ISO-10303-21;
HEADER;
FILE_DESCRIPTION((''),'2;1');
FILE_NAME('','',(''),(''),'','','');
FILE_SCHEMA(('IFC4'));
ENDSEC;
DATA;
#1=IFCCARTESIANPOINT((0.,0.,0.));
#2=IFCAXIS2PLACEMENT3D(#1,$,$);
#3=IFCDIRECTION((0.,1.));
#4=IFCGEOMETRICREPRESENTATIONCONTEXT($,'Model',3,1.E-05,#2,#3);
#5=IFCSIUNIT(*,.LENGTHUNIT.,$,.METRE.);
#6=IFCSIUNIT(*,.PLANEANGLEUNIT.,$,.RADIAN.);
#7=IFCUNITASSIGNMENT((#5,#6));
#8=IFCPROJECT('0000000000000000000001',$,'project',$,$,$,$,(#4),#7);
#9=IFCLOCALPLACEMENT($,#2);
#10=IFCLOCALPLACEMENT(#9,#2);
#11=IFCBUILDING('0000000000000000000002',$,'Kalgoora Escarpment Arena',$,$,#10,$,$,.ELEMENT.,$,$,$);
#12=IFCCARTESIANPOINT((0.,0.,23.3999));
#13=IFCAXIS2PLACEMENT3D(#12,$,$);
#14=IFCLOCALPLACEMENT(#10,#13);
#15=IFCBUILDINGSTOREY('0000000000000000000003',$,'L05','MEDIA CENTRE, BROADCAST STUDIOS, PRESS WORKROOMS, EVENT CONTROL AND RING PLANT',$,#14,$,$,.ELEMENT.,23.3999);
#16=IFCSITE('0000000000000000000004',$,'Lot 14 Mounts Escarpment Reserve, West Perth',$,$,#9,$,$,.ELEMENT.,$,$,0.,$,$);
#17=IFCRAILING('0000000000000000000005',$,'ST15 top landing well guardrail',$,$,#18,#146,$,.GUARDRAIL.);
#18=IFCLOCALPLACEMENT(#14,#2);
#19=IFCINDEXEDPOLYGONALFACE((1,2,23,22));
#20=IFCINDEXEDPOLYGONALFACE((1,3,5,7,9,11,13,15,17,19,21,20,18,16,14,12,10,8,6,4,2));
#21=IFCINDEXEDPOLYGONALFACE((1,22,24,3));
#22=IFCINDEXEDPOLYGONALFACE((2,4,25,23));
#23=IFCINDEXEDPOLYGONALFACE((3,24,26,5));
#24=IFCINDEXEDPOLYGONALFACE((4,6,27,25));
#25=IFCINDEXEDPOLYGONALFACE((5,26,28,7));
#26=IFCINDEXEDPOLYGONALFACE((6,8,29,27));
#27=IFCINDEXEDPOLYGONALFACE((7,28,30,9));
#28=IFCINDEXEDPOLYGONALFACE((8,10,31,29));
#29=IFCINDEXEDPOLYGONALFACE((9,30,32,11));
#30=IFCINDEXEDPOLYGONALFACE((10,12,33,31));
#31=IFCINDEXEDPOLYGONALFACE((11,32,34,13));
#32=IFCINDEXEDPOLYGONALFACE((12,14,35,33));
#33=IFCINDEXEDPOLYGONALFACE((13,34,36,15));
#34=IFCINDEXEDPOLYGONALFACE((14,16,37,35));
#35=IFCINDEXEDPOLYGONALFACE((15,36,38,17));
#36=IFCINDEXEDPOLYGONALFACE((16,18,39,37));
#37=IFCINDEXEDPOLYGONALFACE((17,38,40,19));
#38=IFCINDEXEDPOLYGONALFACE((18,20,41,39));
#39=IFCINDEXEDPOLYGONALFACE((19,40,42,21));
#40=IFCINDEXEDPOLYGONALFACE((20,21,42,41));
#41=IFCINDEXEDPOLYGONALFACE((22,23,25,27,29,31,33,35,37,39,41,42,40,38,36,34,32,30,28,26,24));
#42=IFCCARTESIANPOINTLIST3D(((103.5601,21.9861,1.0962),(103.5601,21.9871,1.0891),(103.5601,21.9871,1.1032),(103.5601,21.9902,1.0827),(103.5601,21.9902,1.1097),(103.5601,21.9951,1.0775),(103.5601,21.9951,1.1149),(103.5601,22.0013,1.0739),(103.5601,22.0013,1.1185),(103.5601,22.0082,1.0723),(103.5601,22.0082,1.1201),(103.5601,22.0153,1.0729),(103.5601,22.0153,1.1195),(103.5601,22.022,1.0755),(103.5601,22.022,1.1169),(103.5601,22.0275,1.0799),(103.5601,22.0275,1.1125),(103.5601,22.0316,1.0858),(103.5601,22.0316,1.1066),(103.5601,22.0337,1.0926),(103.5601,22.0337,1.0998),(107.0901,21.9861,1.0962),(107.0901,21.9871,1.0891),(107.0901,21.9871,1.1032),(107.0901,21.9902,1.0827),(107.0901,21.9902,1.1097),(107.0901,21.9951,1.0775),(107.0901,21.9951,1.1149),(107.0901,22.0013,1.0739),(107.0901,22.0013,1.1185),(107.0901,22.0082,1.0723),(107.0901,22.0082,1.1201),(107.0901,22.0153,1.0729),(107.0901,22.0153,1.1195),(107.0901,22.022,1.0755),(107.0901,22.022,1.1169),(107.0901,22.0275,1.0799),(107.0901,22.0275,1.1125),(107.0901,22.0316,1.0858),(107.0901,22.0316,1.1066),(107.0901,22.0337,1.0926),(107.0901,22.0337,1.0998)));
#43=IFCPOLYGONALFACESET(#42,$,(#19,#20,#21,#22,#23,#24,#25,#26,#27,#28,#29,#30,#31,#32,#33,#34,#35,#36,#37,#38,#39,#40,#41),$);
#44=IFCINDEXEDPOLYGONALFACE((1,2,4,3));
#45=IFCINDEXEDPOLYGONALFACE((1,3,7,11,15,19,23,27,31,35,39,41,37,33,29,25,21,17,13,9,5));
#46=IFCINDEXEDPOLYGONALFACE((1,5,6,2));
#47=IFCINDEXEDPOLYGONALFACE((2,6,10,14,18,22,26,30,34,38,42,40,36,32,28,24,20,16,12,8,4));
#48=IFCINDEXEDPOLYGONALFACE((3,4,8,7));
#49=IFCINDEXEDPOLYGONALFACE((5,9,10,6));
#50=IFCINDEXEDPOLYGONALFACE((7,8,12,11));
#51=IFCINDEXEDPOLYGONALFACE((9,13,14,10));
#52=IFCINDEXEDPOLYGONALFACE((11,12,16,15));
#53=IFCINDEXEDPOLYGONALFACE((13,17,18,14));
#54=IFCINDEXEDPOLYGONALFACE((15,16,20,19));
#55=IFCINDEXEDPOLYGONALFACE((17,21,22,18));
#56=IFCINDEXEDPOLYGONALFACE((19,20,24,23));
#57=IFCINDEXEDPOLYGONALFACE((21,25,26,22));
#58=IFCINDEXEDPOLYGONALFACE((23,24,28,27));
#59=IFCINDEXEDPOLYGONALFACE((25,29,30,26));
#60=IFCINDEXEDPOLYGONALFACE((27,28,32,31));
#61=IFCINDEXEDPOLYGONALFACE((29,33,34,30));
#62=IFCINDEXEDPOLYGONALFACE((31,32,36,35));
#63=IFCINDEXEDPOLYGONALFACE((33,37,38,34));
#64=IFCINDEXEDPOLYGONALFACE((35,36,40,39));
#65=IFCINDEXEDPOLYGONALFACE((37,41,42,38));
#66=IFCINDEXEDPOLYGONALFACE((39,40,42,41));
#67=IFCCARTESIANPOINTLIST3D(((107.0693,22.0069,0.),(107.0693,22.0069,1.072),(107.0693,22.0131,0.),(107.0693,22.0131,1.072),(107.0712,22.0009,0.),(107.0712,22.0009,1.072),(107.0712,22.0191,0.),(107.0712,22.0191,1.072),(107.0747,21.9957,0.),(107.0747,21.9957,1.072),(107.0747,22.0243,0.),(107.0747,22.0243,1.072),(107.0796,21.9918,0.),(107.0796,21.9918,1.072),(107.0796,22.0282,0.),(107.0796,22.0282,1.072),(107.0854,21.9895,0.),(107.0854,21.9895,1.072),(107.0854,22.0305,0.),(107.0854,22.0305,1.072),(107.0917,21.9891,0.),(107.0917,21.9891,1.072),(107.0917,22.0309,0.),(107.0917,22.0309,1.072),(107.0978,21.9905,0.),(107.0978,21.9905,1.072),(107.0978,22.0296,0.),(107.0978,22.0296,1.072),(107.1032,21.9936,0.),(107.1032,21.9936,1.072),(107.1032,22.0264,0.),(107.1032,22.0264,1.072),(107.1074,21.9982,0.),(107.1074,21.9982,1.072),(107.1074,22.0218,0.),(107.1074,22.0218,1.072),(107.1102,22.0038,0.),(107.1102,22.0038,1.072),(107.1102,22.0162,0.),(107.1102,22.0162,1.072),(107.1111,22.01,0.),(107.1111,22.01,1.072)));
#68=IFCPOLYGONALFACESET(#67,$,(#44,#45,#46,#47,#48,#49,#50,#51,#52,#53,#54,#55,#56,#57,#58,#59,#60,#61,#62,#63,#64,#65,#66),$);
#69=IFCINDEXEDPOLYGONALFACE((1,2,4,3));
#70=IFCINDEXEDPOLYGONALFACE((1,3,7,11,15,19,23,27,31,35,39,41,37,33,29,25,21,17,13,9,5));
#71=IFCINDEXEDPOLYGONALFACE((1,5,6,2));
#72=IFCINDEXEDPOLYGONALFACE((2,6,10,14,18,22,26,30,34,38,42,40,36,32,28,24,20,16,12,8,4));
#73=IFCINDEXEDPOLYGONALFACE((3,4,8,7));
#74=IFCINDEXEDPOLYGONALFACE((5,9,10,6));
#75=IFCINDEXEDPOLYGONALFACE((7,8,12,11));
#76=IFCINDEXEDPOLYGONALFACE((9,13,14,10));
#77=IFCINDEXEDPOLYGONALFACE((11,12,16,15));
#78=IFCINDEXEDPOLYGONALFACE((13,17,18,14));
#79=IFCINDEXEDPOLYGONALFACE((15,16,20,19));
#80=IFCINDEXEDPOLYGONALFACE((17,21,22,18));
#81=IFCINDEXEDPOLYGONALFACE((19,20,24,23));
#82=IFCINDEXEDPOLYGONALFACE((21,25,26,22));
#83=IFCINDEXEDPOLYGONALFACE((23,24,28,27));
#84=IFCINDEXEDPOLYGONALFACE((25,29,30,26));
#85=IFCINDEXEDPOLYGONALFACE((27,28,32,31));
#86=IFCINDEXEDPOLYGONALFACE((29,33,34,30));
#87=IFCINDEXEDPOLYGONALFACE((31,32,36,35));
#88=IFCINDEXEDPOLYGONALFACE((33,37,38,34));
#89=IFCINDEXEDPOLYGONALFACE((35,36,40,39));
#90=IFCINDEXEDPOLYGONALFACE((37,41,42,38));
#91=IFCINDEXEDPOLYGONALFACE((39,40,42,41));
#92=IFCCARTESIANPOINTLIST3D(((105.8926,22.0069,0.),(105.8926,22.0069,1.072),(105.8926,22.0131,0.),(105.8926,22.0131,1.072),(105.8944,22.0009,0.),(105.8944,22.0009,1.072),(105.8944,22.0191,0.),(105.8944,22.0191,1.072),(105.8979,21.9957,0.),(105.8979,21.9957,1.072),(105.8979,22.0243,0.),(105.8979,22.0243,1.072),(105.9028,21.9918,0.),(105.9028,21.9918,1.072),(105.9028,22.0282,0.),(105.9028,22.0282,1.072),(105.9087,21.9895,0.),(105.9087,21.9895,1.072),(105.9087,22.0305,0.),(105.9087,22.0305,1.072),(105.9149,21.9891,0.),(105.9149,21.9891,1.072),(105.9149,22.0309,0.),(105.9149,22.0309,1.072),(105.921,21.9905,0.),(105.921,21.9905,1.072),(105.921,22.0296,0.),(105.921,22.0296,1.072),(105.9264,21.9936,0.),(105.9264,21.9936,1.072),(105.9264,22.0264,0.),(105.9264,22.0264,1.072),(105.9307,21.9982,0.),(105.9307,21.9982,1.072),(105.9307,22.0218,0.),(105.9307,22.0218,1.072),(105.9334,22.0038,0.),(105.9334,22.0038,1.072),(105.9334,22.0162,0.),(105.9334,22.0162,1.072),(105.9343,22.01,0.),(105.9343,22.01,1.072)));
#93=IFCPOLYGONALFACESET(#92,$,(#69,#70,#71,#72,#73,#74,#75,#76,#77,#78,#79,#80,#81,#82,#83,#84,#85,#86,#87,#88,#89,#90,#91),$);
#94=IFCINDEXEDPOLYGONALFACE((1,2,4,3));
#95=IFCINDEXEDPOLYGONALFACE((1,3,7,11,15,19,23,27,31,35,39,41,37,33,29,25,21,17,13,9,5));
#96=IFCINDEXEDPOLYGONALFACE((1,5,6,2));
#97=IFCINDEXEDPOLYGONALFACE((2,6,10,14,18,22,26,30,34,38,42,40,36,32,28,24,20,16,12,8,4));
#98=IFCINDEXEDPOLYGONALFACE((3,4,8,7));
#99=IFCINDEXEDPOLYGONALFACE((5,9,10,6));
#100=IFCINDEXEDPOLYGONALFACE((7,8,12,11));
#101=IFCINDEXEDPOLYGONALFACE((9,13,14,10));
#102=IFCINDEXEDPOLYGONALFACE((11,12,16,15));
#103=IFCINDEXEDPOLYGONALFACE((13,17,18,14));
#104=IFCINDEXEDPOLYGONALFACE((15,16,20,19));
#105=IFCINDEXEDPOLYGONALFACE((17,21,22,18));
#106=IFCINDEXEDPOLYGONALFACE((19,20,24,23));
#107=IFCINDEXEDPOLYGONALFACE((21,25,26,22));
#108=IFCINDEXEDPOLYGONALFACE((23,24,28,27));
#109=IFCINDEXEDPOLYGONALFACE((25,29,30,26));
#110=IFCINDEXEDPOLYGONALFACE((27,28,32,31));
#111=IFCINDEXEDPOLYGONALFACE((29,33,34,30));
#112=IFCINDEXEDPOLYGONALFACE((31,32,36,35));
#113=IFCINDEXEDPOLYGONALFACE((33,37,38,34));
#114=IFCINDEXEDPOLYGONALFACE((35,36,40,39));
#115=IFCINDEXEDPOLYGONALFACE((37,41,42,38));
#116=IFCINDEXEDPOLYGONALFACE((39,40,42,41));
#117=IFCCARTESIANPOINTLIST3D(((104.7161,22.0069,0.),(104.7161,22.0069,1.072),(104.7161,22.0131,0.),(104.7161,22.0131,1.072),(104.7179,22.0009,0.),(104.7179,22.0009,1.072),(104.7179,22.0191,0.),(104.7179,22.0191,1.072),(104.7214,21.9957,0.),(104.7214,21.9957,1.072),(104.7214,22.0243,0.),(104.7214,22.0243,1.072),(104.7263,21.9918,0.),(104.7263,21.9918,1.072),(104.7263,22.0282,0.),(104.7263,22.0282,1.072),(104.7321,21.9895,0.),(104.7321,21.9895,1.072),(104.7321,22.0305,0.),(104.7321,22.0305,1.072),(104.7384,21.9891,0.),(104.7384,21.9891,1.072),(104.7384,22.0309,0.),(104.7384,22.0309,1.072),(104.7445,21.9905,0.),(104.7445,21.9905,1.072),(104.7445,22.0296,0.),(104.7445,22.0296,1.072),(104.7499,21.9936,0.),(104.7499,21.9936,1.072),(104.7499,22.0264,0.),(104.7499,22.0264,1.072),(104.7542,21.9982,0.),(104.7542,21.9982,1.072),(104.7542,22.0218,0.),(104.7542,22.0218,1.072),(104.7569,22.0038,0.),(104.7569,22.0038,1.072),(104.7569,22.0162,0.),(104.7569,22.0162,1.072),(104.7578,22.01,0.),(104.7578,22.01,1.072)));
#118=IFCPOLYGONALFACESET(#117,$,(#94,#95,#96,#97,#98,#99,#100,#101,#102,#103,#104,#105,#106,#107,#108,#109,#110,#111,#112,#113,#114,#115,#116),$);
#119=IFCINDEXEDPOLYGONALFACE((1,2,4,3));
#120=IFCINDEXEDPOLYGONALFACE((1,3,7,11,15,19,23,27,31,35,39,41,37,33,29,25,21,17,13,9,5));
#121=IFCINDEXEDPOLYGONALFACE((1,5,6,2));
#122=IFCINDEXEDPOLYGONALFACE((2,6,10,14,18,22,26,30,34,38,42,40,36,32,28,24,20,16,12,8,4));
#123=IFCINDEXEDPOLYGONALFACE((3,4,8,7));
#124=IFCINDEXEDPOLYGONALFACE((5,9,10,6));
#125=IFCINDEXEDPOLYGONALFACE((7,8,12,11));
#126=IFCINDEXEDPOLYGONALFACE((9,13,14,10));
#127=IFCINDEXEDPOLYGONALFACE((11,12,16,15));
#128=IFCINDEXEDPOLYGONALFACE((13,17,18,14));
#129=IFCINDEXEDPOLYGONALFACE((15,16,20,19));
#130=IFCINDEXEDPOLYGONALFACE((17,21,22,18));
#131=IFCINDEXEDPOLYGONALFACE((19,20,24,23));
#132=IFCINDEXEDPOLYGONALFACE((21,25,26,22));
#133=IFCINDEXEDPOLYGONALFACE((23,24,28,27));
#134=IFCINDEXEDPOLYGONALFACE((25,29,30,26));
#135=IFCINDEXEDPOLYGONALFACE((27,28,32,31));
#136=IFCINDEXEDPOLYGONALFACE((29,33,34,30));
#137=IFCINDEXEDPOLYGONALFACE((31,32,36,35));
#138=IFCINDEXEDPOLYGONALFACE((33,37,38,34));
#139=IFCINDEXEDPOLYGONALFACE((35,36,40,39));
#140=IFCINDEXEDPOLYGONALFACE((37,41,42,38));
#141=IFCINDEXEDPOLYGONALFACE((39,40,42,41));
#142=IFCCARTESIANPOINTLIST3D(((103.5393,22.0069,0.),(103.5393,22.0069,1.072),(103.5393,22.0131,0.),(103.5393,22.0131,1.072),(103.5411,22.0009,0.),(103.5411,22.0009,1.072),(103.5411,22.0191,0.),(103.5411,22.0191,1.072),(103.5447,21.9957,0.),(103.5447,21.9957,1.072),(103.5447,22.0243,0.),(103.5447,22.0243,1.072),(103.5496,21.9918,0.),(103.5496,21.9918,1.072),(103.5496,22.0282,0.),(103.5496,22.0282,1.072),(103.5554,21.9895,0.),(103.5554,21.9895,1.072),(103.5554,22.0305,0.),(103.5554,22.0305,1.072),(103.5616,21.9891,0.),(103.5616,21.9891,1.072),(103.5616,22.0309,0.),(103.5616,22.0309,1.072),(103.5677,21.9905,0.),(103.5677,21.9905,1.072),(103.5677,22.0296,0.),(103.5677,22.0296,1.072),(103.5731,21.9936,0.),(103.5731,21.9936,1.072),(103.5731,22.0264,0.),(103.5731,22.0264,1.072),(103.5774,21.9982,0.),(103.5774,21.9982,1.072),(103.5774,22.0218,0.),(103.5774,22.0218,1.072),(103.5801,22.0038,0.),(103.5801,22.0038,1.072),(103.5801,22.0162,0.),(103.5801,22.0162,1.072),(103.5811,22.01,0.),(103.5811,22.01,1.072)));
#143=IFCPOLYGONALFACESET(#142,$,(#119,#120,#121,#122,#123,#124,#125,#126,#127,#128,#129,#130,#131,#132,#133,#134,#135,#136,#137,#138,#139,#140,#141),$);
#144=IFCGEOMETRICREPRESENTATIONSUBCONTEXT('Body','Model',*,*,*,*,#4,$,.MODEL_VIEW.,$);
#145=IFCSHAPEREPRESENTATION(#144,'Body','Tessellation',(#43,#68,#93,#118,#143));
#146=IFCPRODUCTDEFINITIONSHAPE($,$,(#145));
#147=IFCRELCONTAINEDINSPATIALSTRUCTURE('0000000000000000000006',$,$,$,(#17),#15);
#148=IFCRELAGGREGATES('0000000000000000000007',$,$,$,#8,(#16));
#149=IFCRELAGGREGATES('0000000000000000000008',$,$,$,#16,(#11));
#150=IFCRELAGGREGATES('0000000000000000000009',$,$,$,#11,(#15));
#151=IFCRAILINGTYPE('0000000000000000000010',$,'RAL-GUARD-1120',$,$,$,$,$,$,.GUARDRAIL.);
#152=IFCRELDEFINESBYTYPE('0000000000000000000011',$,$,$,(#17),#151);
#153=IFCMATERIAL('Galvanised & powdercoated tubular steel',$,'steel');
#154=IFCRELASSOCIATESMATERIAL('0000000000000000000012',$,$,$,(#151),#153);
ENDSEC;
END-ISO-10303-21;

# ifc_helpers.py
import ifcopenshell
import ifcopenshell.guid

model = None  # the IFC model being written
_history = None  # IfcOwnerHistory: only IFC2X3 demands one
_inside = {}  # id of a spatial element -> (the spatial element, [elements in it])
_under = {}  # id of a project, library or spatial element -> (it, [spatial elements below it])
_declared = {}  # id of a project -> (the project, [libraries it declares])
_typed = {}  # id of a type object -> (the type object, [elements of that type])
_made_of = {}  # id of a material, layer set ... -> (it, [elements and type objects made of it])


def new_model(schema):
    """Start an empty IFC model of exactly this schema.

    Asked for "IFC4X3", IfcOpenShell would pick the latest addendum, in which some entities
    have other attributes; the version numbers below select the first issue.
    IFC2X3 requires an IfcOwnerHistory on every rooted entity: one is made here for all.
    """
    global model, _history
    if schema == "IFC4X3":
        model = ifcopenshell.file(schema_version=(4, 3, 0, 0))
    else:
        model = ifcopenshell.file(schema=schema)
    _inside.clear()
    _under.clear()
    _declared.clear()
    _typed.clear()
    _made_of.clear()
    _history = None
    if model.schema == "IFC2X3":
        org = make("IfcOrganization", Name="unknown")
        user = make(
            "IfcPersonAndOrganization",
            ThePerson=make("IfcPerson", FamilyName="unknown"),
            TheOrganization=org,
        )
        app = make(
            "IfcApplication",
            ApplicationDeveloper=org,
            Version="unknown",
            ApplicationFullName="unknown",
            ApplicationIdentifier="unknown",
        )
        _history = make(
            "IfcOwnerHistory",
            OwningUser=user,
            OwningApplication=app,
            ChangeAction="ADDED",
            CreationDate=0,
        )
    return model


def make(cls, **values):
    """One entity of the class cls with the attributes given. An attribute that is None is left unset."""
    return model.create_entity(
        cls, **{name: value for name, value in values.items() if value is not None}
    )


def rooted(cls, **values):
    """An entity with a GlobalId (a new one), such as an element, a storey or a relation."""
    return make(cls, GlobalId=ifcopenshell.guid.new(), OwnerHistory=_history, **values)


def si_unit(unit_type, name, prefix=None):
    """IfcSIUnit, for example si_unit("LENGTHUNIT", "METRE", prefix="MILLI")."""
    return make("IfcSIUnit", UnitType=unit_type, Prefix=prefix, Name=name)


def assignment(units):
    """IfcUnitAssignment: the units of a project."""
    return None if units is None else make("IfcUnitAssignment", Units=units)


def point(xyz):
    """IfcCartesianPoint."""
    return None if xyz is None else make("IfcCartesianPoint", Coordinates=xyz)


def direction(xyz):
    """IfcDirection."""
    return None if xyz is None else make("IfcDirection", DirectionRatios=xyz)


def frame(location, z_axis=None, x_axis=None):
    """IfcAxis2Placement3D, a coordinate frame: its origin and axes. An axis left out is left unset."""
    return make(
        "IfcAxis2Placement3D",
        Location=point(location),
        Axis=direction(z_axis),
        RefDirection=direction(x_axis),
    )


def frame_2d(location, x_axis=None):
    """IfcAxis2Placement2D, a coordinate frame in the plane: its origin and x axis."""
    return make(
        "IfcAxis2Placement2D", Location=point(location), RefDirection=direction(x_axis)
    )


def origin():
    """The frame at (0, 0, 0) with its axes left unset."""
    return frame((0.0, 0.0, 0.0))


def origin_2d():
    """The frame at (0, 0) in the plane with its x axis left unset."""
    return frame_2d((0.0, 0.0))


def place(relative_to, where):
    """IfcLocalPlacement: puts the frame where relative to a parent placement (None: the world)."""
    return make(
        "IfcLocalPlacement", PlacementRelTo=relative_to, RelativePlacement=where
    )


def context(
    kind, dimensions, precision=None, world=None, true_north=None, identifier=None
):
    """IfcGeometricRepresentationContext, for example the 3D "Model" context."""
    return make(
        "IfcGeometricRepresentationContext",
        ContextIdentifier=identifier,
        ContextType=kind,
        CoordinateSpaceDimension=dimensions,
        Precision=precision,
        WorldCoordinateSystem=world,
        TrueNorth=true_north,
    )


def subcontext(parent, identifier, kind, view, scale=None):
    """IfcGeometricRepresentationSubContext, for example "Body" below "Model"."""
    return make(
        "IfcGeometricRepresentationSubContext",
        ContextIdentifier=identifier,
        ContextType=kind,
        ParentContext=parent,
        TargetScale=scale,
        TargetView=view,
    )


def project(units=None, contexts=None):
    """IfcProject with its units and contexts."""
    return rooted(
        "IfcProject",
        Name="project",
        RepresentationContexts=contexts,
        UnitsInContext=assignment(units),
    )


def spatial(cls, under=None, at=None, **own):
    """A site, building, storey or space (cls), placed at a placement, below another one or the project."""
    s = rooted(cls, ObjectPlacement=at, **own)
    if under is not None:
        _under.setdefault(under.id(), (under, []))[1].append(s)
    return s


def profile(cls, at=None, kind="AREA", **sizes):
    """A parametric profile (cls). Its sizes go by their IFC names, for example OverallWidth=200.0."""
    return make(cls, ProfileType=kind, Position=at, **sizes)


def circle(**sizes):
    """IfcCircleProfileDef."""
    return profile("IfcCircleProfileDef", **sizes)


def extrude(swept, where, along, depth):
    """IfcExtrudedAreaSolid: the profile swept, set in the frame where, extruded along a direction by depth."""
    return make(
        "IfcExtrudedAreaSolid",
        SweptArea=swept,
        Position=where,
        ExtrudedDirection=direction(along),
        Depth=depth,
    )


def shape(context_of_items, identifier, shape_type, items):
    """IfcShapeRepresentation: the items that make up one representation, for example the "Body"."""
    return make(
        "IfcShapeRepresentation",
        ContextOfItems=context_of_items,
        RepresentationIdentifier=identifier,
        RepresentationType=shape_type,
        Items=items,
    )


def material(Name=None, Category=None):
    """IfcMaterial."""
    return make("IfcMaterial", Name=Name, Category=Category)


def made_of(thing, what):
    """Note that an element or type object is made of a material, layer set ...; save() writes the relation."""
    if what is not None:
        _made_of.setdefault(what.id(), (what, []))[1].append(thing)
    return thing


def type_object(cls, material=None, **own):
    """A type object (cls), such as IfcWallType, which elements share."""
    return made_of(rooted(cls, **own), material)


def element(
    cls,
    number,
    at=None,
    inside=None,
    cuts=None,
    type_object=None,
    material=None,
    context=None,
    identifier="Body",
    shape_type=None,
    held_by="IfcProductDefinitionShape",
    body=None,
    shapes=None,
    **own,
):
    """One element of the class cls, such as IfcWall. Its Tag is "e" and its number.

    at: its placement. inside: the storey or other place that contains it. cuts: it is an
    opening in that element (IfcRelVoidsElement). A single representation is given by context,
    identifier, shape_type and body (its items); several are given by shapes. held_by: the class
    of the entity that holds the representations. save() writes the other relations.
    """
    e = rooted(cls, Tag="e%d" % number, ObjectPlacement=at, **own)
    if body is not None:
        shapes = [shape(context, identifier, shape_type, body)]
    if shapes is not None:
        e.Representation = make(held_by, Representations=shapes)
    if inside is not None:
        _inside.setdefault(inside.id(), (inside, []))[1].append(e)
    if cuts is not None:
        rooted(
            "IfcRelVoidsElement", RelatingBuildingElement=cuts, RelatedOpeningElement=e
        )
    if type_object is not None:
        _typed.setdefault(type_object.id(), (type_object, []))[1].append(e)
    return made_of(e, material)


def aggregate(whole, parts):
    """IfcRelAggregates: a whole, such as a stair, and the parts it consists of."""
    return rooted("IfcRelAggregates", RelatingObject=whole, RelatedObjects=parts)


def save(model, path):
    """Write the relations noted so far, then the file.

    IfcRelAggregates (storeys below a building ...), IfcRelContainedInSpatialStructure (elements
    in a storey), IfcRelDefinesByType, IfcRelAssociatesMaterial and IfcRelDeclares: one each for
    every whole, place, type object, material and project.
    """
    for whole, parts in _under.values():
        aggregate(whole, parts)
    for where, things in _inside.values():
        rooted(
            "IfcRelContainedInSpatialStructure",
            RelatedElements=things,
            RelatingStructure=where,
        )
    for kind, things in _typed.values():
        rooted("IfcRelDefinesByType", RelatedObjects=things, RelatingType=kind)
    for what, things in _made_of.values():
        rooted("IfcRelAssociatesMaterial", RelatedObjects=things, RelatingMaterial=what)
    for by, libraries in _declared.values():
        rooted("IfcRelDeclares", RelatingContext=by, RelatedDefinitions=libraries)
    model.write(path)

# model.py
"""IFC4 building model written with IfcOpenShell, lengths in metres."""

from ifc_helpers import new_model, si_unit, direction, frame, origin, origin_2d, place, context, subcontext, project, spatial, circle, extrude, material, type_object, element, save


model = new_model("IFC4")

# Units and contexts
model_context = context("Model", 3, precision=1e-05, world=origin(), true_north=direction((0.0, 1.0)))
body_context = subcontext(model_context, "Body", "Model", "MODEL_VIEW")
ifc_project = project(units=[si_unit("LENGTHUNIT", "METRE"), si_unit("PLANEANGLEUNIT", "RADIAN")], contexts=[model_context])

# Site, building, storey
site_placement = place(None, origin())
site = spatial("IfcSite", under=ifc_project, at=site_placement, Name="Lot 14 Mounts Escarpment Reserve, West Perth", CompositionType="ELEMENT", RefElevation=0.0)
building_placement = place(site_placement, origin())
building = spatial("IfcBuilding", under=site, at=building_placement, Name="Kalgoora Escarpment Arena", CompositionType="ELEMENT")
storey_placement = place(building_placement, frame((0.0, 0.0, 23.3999)))
storey = spatial("IfcBuildingStorey", under=building, at=storey_placement, Name="L05", Description="MEDIA CENTRE, BROADCAST STUDIOS, PRESS WORKROOMS, EVENT CONTROL AND RING PLANT", CompositionType="ELEMENT", Elevation=23.3999)

# Railing
ifc_material_1 = material(Name="Galvanised & powdercoated tubular steel", Category="steel")
railing_type = type_object("IfcRailingType", Name="RAL-GUARD-1120", PredefinedType="GUARDRAIL", material=ifc_material_1)
for number, where, name in (
    (1, (107.0901, 22.01, 0.0), "ST15 top landing well guardrail"),
):
    element("IfcRailing", number, at=place(storey_placement, frame(where)), inside=storey, type_object=railing_type, Name=name, PredefinedType="GUARDRAIL", context=body_context, shape_type="SweptSolid", body=[
        extrude(circle(Radius=0.0239, at=origin_2d()), frame((0.0, 0.0, 1.0962), z_axis=(-1.0, 0.0, 0.0), x_axis=(0.0, -1.0, 0.0)), (0.0, 0.0, 1.0), 3.53),
        extrude(circle(Radius=0.021, at=origin_2d()), origin(), (0.0, 0.0, 1.0), 1.072),
        extrude(circle(Radius=0.021, at=origin_2d()), frame((-1.1768, 0.0, 0.0)), (0.0, 0.0, 1.0), 1.072),
        extrude(circle(Radius=0.021, at=origin_2d()), frame((-2.3533, 0.0, 0.0)), (0.0, 0.0, 1.0), 1.072),
        extrude(circle(Radius=0.021, at=origin_2d()), frame((-3.53, 0.0, 0.0)), (0.0, 0.0, 1.0), 1.072),
    ])

save(model, "model.ifc")
